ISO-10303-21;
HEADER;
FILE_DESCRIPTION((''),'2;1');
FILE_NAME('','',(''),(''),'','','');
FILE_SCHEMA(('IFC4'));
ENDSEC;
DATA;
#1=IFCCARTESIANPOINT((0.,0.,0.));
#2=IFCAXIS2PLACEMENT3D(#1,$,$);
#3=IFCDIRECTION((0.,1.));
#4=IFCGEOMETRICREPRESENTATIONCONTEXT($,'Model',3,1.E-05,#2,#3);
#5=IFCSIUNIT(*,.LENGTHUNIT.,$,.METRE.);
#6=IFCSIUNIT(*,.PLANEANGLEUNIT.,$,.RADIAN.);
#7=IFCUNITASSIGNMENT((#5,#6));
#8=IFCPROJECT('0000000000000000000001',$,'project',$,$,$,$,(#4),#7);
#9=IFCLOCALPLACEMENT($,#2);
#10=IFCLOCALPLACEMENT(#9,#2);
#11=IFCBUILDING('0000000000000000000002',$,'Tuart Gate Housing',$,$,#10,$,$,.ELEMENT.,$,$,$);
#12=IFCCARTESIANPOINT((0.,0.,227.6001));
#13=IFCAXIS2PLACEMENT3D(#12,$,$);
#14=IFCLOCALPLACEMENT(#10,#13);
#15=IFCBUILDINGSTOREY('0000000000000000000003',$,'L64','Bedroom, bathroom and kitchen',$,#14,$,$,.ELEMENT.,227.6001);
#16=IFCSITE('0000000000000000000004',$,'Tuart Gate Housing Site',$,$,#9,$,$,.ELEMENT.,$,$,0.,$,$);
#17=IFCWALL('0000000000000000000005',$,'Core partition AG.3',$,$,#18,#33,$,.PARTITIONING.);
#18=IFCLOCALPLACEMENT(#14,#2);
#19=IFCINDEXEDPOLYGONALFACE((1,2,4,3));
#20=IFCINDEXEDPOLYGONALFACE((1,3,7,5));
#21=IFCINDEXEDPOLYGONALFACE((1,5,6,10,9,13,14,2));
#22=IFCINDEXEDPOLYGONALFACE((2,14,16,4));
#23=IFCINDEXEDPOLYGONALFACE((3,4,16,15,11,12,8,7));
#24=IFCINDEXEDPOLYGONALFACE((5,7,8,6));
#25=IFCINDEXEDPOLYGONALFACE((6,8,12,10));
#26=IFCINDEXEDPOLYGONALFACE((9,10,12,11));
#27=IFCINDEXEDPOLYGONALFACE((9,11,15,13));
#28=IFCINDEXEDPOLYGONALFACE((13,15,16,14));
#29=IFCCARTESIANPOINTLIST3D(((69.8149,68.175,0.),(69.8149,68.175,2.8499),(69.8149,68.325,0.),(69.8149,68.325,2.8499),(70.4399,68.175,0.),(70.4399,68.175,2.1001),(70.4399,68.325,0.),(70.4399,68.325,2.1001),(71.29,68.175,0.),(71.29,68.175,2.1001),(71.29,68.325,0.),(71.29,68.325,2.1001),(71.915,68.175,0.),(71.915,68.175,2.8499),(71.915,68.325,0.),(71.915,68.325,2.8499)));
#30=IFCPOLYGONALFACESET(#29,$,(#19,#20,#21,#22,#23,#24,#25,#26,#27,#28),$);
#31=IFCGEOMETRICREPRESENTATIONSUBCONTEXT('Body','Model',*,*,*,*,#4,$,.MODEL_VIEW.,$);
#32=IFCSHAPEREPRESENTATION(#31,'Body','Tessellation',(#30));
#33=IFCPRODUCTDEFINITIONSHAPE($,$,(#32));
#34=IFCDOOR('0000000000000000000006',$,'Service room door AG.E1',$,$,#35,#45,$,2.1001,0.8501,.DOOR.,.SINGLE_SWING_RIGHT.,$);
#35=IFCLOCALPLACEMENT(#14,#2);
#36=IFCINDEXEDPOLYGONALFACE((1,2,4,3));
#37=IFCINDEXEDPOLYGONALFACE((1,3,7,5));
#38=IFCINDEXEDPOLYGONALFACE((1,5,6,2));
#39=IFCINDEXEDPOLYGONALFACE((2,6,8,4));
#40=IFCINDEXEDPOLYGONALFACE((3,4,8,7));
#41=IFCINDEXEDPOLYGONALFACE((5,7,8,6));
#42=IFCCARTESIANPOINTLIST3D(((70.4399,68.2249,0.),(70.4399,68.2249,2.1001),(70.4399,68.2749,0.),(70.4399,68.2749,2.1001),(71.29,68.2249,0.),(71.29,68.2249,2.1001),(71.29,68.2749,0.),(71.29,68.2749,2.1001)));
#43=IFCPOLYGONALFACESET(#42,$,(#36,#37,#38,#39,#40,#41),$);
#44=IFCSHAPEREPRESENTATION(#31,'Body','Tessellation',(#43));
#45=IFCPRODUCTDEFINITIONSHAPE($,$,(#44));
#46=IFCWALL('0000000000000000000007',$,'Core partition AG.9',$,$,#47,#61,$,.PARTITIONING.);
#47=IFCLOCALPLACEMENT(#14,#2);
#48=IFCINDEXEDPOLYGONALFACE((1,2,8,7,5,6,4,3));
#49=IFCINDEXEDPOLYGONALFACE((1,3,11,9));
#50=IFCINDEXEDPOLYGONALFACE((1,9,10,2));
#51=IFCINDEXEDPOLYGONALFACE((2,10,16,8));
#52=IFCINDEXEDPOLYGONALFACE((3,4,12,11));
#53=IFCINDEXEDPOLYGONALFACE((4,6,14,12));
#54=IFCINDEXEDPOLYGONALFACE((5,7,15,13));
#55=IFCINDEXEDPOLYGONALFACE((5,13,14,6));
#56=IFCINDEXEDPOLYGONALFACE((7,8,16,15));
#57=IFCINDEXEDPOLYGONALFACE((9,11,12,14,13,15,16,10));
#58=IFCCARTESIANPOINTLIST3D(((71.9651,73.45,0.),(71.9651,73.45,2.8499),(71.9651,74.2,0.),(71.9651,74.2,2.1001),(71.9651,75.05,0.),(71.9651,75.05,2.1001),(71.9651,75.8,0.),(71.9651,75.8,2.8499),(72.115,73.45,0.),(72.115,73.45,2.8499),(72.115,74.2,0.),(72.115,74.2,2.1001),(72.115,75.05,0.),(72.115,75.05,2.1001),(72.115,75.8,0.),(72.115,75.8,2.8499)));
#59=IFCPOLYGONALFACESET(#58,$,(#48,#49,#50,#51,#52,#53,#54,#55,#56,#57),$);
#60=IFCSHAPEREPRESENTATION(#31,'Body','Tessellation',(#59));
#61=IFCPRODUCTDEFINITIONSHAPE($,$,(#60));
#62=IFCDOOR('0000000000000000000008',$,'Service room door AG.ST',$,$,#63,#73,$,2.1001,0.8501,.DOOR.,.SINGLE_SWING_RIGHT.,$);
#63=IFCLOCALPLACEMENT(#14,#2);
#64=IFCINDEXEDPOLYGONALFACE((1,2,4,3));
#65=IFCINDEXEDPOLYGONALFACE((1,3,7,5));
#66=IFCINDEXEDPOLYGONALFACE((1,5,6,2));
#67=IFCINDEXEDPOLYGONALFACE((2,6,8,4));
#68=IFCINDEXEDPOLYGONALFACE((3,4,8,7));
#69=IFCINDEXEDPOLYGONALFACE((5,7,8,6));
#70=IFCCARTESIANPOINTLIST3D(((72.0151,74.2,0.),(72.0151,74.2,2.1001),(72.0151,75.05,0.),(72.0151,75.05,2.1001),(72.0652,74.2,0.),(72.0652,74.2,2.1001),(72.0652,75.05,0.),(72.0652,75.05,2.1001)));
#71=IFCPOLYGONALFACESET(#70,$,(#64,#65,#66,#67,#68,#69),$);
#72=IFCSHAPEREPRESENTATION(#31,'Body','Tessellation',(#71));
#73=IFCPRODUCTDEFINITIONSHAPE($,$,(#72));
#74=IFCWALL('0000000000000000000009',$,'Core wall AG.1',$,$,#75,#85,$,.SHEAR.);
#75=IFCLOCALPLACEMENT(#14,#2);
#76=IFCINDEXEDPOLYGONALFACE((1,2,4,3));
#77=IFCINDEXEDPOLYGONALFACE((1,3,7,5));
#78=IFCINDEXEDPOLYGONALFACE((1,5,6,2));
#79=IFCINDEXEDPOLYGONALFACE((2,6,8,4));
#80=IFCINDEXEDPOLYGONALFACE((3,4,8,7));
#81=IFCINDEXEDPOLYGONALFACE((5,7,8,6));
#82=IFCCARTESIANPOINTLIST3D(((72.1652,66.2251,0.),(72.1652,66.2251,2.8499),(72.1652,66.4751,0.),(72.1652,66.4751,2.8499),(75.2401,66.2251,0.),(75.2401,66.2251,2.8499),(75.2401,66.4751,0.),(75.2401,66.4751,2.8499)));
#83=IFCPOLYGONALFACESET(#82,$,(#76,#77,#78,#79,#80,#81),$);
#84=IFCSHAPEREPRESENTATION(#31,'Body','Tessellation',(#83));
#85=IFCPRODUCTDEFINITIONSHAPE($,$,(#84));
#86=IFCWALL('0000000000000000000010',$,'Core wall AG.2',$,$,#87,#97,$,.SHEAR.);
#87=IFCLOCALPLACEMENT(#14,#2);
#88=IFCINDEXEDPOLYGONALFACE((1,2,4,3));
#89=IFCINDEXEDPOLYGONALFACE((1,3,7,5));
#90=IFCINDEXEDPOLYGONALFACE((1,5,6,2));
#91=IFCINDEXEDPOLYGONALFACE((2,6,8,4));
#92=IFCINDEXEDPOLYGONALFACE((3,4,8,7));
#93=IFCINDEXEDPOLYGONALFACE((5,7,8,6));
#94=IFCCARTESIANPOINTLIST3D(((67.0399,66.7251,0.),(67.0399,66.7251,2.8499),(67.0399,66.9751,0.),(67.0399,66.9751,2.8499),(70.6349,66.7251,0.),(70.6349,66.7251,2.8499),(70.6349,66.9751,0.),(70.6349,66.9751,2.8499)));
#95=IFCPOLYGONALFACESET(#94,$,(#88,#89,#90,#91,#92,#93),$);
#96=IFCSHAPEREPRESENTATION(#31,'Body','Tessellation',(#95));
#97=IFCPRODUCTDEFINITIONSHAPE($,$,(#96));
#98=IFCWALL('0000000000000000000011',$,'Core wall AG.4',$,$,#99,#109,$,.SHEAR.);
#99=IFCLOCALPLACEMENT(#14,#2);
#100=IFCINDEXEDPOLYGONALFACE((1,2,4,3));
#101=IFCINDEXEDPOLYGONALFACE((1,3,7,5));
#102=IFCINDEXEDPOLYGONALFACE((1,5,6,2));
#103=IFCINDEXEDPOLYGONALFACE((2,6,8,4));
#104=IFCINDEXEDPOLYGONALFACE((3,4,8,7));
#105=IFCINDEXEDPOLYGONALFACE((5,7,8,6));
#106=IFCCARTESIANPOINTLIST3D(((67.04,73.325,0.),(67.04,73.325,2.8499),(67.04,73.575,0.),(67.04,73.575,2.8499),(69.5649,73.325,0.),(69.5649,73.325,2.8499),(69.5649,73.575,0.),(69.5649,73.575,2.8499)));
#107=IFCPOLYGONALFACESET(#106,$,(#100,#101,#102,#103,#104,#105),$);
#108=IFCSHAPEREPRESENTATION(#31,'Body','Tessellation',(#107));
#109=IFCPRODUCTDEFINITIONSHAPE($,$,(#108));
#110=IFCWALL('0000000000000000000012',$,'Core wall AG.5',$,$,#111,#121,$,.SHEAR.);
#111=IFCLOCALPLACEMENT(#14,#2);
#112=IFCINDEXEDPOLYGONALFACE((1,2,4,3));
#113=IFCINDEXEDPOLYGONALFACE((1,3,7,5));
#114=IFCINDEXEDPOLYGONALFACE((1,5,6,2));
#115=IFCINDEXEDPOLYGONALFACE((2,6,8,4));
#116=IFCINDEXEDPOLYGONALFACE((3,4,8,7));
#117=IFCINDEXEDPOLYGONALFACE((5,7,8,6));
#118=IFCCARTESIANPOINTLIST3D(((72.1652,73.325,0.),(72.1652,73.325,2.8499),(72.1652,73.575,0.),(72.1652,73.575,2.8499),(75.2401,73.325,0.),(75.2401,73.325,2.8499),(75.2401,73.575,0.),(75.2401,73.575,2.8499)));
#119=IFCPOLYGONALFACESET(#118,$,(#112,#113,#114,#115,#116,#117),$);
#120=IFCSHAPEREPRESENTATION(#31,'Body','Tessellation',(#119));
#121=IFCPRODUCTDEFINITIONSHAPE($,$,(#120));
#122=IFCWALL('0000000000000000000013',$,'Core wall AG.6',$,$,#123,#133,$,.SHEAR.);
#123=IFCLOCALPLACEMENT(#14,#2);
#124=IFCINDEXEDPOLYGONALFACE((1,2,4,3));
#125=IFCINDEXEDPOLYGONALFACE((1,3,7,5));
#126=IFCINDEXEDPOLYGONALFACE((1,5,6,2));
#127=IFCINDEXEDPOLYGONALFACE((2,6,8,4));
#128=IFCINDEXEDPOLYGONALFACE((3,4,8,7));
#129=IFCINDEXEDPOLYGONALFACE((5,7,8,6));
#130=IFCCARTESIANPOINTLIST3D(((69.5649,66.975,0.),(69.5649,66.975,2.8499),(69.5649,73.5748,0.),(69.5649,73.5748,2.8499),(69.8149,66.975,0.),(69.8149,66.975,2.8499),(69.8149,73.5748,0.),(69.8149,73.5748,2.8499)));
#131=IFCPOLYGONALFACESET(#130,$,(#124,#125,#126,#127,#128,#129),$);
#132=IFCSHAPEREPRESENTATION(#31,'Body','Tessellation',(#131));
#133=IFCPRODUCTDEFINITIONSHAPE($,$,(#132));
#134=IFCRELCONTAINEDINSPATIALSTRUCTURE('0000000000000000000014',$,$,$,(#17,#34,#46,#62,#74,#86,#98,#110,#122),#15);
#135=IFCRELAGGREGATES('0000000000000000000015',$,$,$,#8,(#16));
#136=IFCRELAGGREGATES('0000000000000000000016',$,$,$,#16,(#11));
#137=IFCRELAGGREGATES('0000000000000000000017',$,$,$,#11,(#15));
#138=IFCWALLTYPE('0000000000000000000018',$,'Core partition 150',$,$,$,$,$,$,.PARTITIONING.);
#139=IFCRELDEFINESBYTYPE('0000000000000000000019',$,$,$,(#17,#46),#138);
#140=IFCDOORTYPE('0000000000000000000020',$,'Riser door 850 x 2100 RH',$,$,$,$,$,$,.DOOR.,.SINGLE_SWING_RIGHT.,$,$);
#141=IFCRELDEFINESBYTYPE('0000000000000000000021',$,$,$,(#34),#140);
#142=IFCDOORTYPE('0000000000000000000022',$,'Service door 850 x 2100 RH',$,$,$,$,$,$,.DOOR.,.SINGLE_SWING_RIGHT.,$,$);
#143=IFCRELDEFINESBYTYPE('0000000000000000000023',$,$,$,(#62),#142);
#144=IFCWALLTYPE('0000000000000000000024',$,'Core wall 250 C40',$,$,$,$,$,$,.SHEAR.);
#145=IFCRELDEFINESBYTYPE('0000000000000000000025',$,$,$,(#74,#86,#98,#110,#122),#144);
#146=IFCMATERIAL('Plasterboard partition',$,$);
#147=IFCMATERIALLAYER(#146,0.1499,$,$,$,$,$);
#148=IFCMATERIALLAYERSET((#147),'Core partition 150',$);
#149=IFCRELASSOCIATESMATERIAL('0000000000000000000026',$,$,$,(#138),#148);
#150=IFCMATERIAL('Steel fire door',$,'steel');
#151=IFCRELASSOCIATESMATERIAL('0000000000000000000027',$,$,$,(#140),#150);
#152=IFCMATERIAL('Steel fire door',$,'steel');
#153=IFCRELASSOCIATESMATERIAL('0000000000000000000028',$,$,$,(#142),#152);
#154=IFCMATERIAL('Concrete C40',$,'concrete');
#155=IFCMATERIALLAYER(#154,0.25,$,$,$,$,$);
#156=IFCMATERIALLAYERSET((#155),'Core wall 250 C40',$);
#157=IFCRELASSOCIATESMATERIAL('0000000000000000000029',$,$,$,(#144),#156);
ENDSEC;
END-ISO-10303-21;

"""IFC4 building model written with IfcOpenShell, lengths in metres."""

from ifc_helpers import new_model, si_unit, direction, frame, frame_2d, origin, place, context, subcontext, project, spatial, rectangle, extrude, material, layer, layer_set, type_object, element, fill, save


model = new_model("IFC4")

# Units and contexts
model_context = context("Model", 3, precision=1e-05, world=origin(), true_north=direction((0.0, 1.0)))
body_context = subcontext(model_context, "Body", "Model", "MODEL_VIEW")
ifc_project = project(units=[si_unit("LENGTHUNIT", "METRE"), si_unit("PLANEANGLEUNIT", "RADIAN")], contexts=[model_context])

# Site, building, storey
site_placement = place(None, origin())
site = spatial("IfcSite", under=ifc_project, at=site_placement, Name="Tuart Gate Housing Site", CompositionType="ELEMENT", RefElevation=0.0)
building_placement = place(site_placement, origin())
building = spatial("IfcBuilding", under=site, at=building_placement, Name="Tuart Gate Housing", CompositionType="ELEMENT")
storey_placement = place(building_placement, frame((0.0, 0.0, 227.6001)))
storey = spatial("IfcBuildingStorey", under=building, at=storey_placement, Name="L64", Description="Bedroom, bathroom and kitchen", CompositionType="ELEMENT", Elevation=227.6001)

# Walls, openings, doors
ifc_material_1 = material(Name="Plasterboard partition")
ifc_layer_1 = layer(ifc_material_1, 0.1499)
ifc_layer_set_1 = layer_set([ifc_layer_1], Name="Core partition 150")
wall_type_1 = type_object("IfcWallType", Name="Core partition 150", PredefinedType="PARTITIONING", material=ifc_layer_set_1)
wall_1_placement = place(storey_placement, frame((69.8149, 68.25, 0.0), z_axis=(0.0, 0.0, 1.0), x_axis=(1.0, 0.0, 0.0)))
wall_1 = element("IfcWall", 1, at=wall_1_placement, inside=storey, type_object=wall_type_1, Name="Core partition AG.3", PredefinedType="PARTITIONING", context=body_context, shape_type="SweptSolid", body=[
    extrude(rectangle(XDim=2.1001, YDim=0.1499, at=frame_2d((1.05, 0.0))), origin(), (0.0, 0.0, 1.0), 2.8499),
])
opening_1_placement = place(wall_1_placement, frame((0.625, 0.0, 0.0)))
opening_1 = element("IfcOpeningElement", 2, at=opening_1_placement, cuts=wall_1, PredefinedType="OPENING", context=body_context, shape_type="SweptSolid", body=[
    extrude(rectangle(XDim=0.8501, YDim=2.1001, at=frame_2d((0.425, 1.05))), frame((0.0, 0.085, 0.0), z_axis=(0.0, -1.0, 0.0), x_axis=(1.0, 0.0, 0.0)), (0.0, 0.0, 1.0), 0.1699),
])
ifc_material_2 = material(Name="Steel fire door", Category="steel")
door_type_1 = type_object("IfcDoorType", Name="Riser door 850 x 2100 RH", OperationType="SINGLE_SWING_RIGHT", PredefinedType="DOOR", material=ifc_material_2)
door_1_placement = place(opening_1_placement, frame((0.8501, 0.0, 0.0), z_axis=(0.0, 0.0, 1.0), x_axis=(-1.0, 0.0, 0.0)))
door_1 = element("IfcDoor", 3, at=door_1_placement, inside=storey, type_object=door_type_1, Name="Service room door AG.E1", OperationType="SINGLE_SWING_RIGHT", OverallHeight=2.1001, OverallWidth=0.8501, PredefinedType="DOOR", context=body_context, shape_type="SweptSolid", body=[
    extrude(rectangle(XDim=0.8501, YDim=2.1001, at=frame_2d((0.425, 1.05))), frame((0.0, 0.0251, 0.0), z_axis=(0.0, -1.0, 0.0), x_axis=(1.0, 0.0, 0.0)), (0.0, 0.0, 1.0), 0.05),
])
fill(opening_1, door_1)
wall_2_placement = place(storey_placement, frame((72.04, 73.45, 0.0), z_axis=(0.0, 0.0, 1.0), x_axis=(0.0, 1.0, 0.0)))
wall_2 = element("IfcWall", 4, at=wall_2_placement, inside=storey, type_object=wall_type_1, Name="Core partition AG.9", PredefinedType="PARTITIONING", context=body_context, shape_type="SweptSolid", body=[
    extrude(rectangle(XDim=2.3501, YDim=0.1499, at=frame_2d((1.175, 0.0))), origin(), (0.0, 0.0, 1.0), 2.8499),
])
opening_2_placement = place(wall_2_placement, frame((0.75, 0.0, 0.0)))
opening_2 = element("IfcOpeningElement", 5, at=opening_2_placement, cuts=wall_2, PredefinedType="OPENING", context=body_context, shape_type="SweptSolid", body=[
    extrude(rectangle(XDim=0.8501, YDim=2.1001, at=frame_2d((0.425, 1.05))), frame((0.0, 0.085, 0.0), z_axis=(0.0, -1.0, 0.0), x_axis=(1.0, 0.0, 0.0)), (0.0, 0.0, 1.0), 0.1699),
])
ifc_material_3 = material(Name="Steel fire door", Category="steel")
door_type_2 = type_object("IfcDoorType", Name="Service door 850 x 2100 RH", OperationType="SINGLE_SWING_RIGHT", PredefinedType="DOOR", material=ifc_material_3)
door_2_placement = place(opening_2_placement, frame((0.8501, 0.0, 0.0), z_axis=(0.0, 0.0, 1.0), x_axis=(-1.0, 0.0, 0.0)))
door_2 = element("IfcDoor", 6, at=door_2_placement, inside=storey, type_object=door_type_2, Name="Service room door AG.ST", OperationType="SINGLE_SWING_RIGHT", OverallHeight=2.1001, OverallWidth=0.8501, PredefinedType="DOOR", context=body_context, shape_type="SweptSolid", body=[
    extrude(rectangle(XDim=0.8501, YDim=2.1001, at=frame_2d((0.425, 1.05))), frame((0.0, 0.0251, 0.0), z_axis=(0.0, -1.0, 0.0), x_axis=(1.0, 0.0, 0.0)), (0.0, 0.0, 1.0), 0.05),
])
fill(opening_2, door_2)

# Walls
ifc_material_4 = material(Name="Concrete C40", Category="concrete")
ifc_layer_2 = layer(ifc_material_4, 0.25)
ifc_layer_set_2 = layer_set([ifc_layer_2], Name="Core wall 250 C40")
wall_type_2 = type_object("IfcWallType", Name="Core wall 250 C40", PredefinedType="SHEAR", material=ifc_layer_set_2)
wall_3_placement = place(storey_placement, frame((72.165, 66.3501, 0.0), z_axis=(0.0, 0.0, 1.0), x_axis=(1.0, 0.0, 0.0)))
element("IfcWall", 7, at=wall_3_placement, inside=storey, type_object=wall_type_2, Name="Core wall AG.1", PredefinedType="SHEAR", context=body_context, shape_type="SweptSolid", body=[
    extrude(rectangle(XDim=3.075, YDim=0.25, at=frame_2d((1.5376, 0.0))), origin(), (0.0, 0.0, 1.0), 2.8499),
])
wall_4_placement = place(storey_placement, frame((67.04, 66.8501, 0.0), z_axis=(0.0, 0.0, 1.0), x_axis=(1.0, 0.0, 0.0)))
element("IfcWall", 8, at=wall_4_placement, inside=storey, type_object=wall_type_2, Name="Core wall AG.2", PredefinedType="SHEAR", context=body_context, shape_type="SweptSolid", body=[
    extrude(rectangle(XDim=3.595, YDim=0.25, at=frame_2d((1.7974, 0.0))), origin(), (0.0, 0.0, 1.0), 2.8499),
])
wall_5_placement = place(storey_placement, frame((67.04, 73.45, 0.0), z_axis=(0.0, 0.0, 1.0), x_axis=(1.0, 0.0, 0.0)))
element("IfcWall", 9, at=wall_5_placement, inside=storey, type_object=wall_type_2, Name="Core wall AG.4", PredefinedType="SHEAR", context=body_context, shape_type="SweptSolid", body=[
    extrude(rectangle(XDim=2.5249, YDim=0.25, at=frame_2d((1.2625, 0.0))), origin(), (0.0, 0.0, 1.0), 2.8499),
])
wall_6_placement = place(storey_placement, frame((72.165, 73.45, 0.0), z_axis=(0.0, 0.0, 1.0), x_axis=(1.0, 0.0, 0.0)))
element("IfcWall", 10, at=wall_6_placement, inside=storey, type_object=wall_type_2, Name="Core wall AG.5", PredefinedType="SHEAR", context=body_context, shape_type="SweptSolid", body=[
    extrude(rectangle(XDim=3.075, YDim=0.25, at=frame_2d((1.5376, 0.0))), origin(), (0.0, 0.0, 1.0), 2.8499),
])
wall_7_placement = place(storey_placement, frame((69.6899, 66.9751, 0.0), z_axis=(0.0, 0.0, 1.0), x_axis=(0.0, 1.0, 0.0)))
element("IfcWall", 11, at=wall_7_placement, inside=storey, type_object=wall_type_2, Name="Core wall AG.6", PredefinedType="SHEAR", context=body_context, shape_type="SweptSolid", body=[
    extrude(rectangle(XDim=6.5999, YDim=0.25, at=frame_2d((3.2998, 0.0))), origin(), (0.0, 0.0, 1.0), 2.8499),
])

save(model, "model.ifc")
